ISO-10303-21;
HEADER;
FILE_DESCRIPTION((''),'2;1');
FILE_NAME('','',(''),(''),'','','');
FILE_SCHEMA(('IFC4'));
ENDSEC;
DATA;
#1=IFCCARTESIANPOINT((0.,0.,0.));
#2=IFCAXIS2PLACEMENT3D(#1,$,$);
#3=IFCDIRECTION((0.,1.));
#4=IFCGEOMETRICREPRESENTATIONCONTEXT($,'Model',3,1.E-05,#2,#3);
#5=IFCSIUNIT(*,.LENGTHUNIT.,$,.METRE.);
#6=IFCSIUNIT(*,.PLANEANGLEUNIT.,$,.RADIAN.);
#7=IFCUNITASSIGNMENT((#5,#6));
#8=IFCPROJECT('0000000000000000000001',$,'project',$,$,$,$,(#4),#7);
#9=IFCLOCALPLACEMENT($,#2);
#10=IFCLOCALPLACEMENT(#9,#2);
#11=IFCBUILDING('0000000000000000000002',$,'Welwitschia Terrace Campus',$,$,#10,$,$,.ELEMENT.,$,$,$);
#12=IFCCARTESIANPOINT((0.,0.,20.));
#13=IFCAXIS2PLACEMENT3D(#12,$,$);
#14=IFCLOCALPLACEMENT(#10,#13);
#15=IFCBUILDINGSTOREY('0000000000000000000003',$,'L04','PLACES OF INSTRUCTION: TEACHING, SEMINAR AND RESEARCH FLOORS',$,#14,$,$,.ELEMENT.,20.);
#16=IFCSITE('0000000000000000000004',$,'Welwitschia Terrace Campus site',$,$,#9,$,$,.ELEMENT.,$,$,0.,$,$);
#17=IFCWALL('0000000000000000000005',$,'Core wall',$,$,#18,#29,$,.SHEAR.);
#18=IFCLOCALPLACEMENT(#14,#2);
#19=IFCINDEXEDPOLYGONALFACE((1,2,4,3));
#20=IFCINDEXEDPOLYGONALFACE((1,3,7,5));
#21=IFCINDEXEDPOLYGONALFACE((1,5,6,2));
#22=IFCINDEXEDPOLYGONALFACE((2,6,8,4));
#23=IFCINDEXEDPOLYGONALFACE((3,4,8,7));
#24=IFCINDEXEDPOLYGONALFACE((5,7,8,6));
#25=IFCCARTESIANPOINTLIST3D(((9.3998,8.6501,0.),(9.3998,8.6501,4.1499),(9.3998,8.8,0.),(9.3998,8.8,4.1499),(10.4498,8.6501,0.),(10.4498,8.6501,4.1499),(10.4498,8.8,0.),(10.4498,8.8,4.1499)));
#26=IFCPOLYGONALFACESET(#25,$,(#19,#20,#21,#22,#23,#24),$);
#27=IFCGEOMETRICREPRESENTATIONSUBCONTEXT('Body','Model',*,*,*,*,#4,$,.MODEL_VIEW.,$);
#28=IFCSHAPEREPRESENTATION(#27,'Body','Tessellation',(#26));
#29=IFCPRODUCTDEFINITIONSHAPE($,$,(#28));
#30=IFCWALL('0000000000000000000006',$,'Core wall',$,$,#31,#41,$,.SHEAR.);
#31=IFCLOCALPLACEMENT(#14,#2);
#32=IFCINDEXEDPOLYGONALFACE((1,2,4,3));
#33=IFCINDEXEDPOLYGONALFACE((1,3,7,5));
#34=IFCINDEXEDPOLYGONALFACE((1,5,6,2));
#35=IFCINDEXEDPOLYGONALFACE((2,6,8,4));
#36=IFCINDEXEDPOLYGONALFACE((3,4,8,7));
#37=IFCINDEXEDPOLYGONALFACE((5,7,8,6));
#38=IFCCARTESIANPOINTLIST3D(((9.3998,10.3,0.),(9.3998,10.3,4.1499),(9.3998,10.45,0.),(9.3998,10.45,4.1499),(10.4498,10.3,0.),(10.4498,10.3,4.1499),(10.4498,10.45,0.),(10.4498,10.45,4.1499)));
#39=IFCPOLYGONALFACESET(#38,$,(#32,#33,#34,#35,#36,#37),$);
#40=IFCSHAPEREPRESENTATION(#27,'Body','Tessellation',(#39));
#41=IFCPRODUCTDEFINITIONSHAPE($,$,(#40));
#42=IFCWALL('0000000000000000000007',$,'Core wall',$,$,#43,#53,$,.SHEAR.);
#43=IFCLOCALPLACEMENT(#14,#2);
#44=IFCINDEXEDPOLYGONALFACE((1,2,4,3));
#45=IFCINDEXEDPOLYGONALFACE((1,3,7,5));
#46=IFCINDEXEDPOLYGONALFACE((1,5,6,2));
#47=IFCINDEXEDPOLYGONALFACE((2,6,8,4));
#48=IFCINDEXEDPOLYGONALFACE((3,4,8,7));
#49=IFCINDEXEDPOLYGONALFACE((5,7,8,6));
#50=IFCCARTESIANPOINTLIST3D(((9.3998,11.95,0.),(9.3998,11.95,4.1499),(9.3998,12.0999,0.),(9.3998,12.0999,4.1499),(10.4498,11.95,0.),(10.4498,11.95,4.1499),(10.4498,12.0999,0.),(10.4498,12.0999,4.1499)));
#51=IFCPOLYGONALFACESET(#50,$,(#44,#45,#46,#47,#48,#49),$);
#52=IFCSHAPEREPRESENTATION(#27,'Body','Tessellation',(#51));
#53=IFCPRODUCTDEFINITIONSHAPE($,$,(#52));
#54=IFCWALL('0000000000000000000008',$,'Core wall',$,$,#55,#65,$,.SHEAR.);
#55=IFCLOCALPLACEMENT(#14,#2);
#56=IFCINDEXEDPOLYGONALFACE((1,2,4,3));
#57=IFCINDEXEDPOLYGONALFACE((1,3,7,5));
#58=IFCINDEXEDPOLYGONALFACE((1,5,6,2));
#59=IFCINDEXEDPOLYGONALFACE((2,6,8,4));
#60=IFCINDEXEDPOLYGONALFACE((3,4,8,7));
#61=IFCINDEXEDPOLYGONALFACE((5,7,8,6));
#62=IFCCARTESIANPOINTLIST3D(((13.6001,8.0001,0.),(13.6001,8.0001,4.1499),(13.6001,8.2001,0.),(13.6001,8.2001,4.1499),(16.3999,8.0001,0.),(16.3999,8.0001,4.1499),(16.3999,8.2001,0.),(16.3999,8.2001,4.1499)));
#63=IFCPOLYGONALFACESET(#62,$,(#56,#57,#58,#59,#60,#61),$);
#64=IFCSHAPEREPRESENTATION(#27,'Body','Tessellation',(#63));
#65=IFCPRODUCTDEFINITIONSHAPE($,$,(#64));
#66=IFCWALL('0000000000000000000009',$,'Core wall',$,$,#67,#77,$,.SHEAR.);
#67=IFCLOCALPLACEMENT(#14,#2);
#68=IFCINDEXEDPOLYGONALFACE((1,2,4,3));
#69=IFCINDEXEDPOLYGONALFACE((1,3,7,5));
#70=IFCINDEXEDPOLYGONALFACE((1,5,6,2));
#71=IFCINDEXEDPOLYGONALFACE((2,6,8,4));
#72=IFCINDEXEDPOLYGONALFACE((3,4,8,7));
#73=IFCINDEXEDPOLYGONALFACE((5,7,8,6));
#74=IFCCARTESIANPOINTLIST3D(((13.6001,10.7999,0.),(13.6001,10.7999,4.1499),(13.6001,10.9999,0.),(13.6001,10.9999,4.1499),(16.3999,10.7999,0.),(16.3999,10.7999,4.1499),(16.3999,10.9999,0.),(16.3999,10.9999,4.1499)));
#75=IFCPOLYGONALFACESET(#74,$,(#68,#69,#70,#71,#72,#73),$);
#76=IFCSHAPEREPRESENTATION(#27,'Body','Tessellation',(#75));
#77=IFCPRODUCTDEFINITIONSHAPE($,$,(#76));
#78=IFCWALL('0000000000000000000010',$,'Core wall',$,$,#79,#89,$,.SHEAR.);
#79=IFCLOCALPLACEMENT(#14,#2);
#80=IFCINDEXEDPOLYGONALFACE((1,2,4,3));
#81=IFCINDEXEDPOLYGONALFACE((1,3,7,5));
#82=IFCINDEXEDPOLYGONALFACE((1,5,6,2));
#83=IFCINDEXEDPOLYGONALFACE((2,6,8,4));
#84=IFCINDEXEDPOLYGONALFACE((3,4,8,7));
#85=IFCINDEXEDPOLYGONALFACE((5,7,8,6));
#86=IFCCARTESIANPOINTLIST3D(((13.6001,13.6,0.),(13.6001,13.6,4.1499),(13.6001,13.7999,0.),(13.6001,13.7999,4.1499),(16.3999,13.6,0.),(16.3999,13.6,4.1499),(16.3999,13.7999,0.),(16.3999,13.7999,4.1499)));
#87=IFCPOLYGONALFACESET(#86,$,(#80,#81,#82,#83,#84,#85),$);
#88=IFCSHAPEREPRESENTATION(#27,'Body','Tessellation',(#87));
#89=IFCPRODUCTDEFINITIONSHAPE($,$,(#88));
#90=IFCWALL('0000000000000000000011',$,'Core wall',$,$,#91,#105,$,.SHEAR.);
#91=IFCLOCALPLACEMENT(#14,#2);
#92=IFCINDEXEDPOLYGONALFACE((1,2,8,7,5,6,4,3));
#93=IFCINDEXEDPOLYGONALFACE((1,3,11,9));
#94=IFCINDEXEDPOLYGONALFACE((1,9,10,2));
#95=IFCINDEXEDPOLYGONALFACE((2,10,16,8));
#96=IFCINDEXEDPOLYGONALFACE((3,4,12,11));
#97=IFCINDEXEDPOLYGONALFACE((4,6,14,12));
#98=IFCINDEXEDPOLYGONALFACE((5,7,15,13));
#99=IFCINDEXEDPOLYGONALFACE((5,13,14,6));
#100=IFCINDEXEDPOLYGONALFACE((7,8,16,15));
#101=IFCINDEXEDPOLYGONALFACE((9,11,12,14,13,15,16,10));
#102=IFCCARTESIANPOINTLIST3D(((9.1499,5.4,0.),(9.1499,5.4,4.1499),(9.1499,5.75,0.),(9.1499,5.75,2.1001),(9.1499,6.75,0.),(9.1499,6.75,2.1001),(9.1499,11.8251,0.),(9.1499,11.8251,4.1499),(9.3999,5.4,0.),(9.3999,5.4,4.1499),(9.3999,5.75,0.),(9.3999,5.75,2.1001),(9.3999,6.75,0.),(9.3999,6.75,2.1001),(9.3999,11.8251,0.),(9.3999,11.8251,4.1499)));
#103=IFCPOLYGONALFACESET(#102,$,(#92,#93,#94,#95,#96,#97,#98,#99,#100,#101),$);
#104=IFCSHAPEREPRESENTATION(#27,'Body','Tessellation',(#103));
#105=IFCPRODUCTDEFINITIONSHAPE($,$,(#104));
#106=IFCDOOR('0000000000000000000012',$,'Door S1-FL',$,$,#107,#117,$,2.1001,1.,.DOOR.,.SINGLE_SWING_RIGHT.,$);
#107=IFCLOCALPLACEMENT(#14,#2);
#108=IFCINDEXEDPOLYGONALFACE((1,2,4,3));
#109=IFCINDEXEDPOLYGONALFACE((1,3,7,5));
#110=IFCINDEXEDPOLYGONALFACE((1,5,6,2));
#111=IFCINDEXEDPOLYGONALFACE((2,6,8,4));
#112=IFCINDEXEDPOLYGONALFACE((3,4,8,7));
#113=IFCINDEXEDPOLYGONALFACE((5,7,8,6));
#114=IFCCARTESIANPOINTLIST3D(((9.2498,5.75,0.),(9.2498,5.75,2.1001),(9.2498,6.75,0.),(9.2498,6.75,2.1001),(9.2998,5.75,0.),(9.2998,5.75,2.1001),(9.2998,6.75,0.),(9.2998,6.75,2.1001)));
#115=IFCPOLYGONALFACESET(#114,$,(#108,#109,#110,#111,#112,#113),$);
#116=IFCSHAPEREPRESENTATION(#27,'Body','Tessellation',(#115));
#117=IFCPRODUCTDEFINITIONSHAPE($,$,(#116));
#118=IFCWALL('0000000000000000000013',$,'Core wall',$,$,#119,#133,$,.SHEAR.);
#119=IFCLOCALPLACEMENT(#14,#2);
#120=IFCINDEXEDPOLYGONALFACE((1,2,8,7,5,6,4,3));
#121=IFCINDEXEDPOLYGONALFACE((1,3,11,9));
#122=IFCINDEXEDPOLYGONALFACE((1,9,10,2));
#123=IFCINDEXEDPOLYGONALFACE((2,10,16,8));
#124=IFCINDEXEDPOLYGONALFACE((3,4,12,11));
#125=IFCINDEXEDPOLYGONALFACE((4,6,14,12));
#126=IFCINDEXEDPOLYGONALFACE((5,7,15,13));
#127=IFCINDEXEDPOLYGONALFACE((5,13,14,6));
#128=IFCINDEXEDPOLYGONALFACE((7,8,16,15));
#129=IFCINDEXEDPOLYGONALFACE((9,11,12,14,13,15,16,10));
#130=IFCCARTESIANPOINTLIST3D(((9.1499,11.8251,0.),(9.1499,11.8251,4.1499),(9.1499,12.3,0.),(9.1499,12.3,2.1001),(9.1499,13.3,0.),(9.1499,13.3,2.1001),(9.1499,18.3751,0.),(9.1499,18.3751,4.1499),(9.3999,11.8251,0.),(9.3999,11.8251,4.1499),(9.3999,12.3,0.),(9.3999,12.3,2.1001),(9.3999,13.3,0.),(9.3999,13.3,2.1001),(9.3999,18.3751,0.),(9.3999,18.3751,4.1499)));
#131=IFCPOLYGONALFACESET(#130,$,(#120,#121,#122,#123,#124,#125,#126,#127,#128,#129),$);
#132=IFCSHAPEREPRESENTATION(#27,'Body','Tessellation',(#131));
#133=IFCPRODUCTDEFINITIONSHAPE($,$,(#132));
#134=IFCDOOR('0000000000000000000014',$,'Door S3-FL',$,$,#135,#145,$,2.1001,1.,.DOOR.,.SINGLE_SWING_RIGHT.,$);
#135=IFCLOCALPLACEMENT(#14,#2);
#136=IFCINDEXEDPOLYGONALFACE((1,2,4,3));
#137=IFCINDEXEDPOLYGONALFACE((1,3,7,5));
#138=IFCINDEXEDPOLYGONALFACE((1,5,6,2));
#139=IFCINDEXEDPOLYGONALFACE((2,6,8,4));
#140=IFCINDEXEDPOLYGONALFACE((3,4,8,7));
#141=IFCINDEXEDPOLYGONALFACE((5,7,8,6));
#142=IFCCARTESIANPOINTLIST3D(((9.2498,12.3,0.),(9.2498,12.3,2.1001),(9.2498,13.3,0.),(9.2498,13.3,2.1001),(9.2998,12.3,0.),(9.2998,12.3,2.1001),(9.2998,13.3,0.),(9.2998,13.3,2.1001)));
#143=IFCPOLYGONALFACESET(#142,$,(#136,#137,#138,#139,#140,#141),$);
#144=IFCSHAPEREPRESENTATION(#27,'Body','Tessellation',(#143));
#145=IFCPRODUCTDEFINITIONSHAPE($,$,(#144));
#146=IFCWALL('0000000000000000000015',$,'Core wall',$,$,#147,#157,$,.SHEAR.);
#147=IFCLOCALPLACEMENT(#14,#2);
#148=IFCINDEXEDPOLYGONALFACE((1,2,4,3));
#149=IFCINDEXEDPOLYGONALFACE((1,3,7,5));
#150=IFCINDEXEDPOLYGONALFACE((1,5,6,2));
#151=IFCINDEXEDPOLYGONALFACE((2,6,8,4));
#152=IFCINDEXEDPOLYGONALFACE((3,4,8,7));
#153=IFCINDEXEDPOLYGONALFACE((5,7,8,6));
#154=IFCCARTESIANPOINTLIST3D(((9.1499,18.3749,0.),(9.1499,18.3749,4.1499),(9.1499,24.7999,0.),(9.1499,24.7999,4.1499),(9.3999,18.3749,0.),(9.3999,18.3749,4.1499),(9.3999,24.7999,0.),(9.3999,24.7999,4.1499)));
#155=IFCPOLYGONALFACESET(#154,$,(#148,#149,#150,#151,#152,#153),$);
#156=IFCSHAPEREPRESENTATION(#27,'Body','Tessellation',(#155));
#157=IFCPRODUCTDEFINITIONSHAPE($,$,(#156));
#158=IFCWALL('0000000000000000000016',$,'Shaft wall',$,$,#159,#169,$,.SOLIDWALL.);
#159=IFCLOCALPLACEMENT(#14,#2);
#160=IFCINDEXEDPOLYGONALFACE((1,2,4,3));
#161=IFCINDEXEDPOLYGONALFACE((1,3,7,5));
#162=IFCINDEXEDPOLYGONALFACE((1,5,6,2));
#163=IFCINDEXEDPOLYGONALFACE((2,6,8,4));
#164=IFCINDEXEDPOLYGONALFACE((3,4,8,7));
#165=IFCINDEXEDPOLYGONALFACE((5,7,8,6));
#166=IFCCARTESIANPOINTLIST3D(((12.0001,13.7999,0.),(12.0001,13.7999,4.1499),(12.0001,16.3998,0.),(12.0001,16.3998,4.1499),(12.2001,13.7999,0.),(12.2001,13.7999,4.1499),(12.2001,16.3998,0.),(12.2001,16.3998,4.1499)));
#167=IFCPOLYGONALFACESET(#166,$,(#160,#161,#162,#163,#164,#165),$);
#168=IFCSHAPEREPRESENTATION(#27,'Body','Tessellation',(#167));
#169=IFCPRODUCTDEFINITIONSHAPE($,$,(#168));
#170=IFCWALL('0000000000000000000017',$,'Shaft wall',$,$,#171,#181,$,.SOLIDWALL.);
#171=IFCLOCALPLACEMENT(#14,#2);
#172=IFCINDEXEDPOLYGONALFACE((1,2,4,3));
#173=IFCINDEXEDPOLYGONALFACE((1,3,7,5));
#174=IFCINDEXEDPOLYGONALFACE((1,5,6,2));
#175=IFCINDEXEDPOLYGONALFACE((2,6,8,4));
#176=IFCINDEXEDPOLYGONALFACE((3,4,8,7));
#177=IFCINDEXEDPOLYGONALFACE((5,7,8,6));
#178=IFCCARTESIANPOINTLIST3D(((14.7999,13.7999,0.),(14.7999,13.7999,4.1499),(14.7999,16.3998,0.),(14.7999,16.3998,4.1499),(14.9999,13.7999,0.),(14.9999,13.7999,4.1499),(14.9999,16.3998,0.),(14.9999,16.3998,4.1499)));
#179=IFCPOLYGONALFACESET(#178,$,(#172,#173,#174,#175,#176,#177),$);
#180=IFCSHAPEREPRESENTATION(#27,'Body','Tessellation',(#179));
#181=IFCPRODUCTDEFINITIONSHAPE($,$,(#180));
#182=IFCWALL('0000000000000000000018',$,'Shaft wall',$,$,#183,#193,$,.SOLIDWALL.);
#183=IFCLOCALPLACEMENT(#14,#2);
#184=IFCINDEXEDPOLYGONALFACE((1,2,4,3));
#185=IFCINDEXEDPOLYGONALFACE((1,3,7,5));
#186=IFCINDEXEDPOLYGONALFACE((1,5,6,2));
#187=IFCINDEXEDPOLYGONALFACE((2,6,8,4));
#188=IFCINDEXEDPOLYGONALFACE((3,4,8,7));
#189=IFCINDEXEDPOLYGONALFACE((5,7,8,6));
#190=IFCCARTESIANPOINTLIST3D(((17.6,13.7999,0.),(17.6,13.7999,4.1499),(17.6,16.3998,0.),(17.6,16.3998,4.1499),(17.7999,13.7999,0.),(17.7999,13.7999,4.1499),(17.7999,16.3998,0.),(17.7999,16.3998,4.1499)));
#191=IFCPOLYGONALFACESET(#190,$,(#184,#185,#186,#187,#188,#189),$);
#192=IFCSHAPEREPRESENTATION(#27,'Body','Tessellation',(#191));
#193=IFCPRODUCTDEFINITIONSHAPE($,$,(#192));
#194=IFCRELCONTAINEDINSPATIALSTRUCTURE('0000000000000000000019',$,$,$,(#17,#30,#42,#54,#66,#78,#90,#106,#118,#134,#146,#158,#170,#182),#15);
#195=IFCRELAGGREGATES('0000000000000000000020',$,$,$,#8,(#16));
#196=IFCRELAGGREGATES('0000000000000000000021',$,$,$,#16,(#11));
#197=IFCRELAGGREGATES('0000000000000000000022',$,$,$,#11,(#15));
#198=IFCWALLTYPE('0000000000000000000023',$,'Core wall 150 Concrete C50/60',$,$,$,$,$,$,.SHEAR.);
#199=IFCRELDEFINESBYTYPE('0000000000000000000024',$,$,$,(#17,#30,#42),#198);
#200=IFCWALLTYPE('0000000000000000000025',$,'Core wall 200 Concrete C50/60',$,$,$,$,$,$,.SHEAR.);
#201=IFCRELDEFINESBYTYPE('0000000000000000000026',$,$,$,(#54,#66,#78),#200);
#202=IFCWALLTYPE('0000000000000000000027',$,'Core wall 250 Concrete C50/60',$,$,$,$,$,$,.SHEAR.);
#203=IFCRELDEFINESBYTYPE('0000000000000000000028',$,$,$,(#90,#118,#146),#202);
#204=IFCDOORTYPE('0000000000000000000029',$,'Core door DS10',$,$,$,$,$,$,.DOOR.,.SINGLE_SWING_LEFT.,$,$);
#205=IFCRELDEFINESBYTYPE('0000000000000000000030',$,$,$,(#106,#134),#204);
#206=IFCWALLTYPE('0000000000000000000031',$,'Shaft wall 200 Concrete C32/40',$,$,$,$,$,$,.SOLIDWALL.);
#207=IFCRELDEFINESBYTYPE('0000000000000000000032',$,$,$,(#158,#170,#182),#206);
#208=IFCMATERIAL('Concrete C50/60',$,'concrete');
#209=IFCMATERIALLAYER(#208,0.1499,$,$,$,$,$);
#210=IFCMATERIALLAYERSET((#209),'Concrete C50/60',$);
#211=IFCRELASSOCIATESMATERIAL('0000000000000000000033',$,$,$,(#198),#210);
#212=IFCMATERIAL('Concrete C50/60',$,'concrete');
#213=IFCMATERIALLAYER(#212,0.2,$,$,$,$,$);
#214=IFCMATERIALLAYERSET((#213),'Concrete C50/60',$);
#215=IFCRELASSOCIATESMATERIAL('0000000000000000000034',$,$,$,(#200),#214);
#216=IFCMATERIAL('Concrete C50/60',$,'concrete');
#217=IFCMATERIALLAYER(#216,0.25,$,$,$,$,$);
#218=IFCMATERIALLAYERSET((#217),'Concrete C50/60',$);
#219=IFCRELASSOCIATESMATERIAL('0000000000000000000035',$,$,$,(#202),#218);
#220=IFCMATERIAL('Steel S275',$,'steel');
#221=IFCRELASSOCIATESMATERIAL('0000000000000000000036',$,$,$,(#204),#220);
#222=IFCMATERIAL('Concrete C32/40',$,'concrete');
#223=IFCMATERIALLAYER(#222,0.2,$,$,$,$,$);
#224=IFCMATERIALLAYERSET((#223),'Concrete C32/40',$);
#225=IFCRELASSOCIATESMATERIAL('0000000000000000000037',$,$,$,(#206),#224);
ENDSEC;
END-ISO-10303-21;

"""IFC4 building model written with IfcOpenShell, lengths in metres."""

from ifc_helpers import new_model, si_unit, direction, frame, frame_2d, origin, place, context, subcontext, project, spatial, rectangle, extrude, material, layer, layer_set, type_object, element, fill, save


model = new_model("IFC4")

# Units and contexts
model_context = context("Model", 3, precision=1e-05, world=origin(), true_north=direction((0.0, 1.0)))
body_context = subcontext(model_context, "Body", "Model", "MODEL_VIEW")
ifc_project = project(units=[si_unit("LENGTHUNIT", "METRE"), si_unit("PLANEANGLEUNIT", "RADIAN")], contexts=[model_context])

# Site, building, storey
site_placement = place(None, origin())
site = spatial("IfcSite", under=ifc_project, at=site_placement, Name="Welwitschia Terrace Campus site", CompositionType="ELEMENT", RefElevation=0.0)
building_placement = place(site_placement, origin())
building = spatial("IfcBuilding", under=site, at=building_placement, Name="Welwitschia Terrace Campus", CompositionType="ELEMENT")
storey_placement = place(building_placement, frame((0.0, 0.0, 20.0)))
storey = spatial("IfcBuildingStorey", under=building, at=storey_placement, Name="L04", Description="PLACES OF INSTRUCTION: TEACHING, SEMINAR AND RESEARCH FLOORS", CompositionType="ELEMENT", Elevation=20.0)

# Walls
ifc_material_1 = material(Name="Concrete C50/60", Category="concrete")
ifc_layer_1 = layer(ifc_material_1, 0.1499)
ifc_layer_set_1 = layer_set([ifc_layer_1], Name="Concrete C50/60")
wall_type_1 = type_object("IfcWallType", Name="Core wall 150 Concrete C50/60", PredefinedType="SHEAR", material=ifc_layer_set_1)
for number, where, z_axis, x_axis, name in (
    (1, (9.3999, 8.7251, 0.0), (0.0, 0.0, 1.0), (1.0, 0.0, 0.0), "Core wall"),
    (2, (9.3999, 10.375, 0.0), (0.0, 0.0, 1.0), (1.0, 0.0, 0.0), "Core wall"),
    (3, (9.3999, 12.0249, 0.0), (0.0, 0.0, 1.0), (1.0, 0.0, 0.0), "Core wall"),
):
    element("IfcWall", number, at=place(storey_placement, frame(where, z_axis=z_axis, x_axis=x_axis)), inside=storey, type_object=wall_type_1, Name=name, PredefinedType="SHEAR", context=body_context, shape_type="SweptSolid", body=[
        extrude(rectangle(XDim=1.05, YDim=0.1499, at=frame_2d((0.5249, 0.0))), origin(), (0.0, 0.0, 1.0), 4.1499),
    ])
ifc_material_2 = material(Name="Concrete C50/60", Category="concrete")
ifc_layer_2 = layer(ifc_material_2, 0.2)
ifc_layer_set_2 = layer_set([ifc_layer_2], Name="Concrete C50/60")
wall_type_2 = type_object("IfcWallType", Name="Core wall 200 Concrete C50/60", PredefinedType="SHEAR", material=ifc_layer_set_2)
for number, where, z_axis, x_axis, name in (
    (4, (13.6001, 8.1001, 0.0), (0.0, 0.0, 1.0), (1.0, 0.0, 0.0), "Core wall"),
    (5, (13.6001, 10.8999, 0.0), (0.0, 0.0, 1.0), (1.0, 0.0, 0.0), "Core wall"),
    (6, (13.6001, 13.7, 0.0), (0.0, 0.0, 1.0), (1.0, 0.0, 0.0), "Core wall"),
):
    element("IfcWall", number, at=place(storey_placement, frame(where, z_axis=z_axis, x_axis=x_axis)), inside=storey, type_object=wall_type_2, Name=name, PredefinedType="SHEAR", context=body_context, shape_type="SweptSolid", body=[
        extrude(rectangle(XDim=2.7998, YDim=0.2, at=frame_2d((1.3999, 0.0))), origin(), (0.0, 0.0, 1.0), 4.1499),
    ])

# Walls, openings, doors
ifc_material_3 = material(Name="Concrete C50/60", Category="concrete")
ifc_layer_3 = layer(ifc_material_3, 0.25)
ifc_layer_set_3 = layer_set([ifc_layer_3], Name="Concrete C50/60")
wall_type_3 = type_object("IfcWallType", Name="Core wall 250 Concrete C50/60", PredefinedType="SHEAR", material=ifc_layer_set_3)
wall_1_placement = place(storey_placement, frame((9.2749, 11.825, 0.0), z_axis=(0.0, 0.0, 1.0), x_axis=(0.0, -1.0, 0.0)))
wall_1 = element("IfcWall", 7, at=wall_1_placement, inside=storey, type_object=wall_type_3, Name="Core wall", PredefinedType="SHEAR", context=body_context, shape_type="SweptSolid", body=[
    extrude(rectangle(XDim=6.425, YDim=0.25, at=frame_2d((3.2124, 0.0))), origin(), (0.0, 0.0, 1.0), 4.1499),
])
opening_1_placement = place(wall_1_placement, frame((5.075, 0.0, 0.0)))
opening_1 = element("IfcOpeningElement", 8, at=opening_1_placement, cuts=wall_1, PredefinedType="OPENING", context=body_context, shape_type="SweptSolid", body=[
    extrude(rectangle(XDim=1.0, YDim=2.1001, at=frame_2d((0.5, 1.05))), frame((0.0, 0.135, 0.0), z_axis=(0.0, -1.0, 0.0), x_axis=(1.0, 0.0, 0.0)), (0.0, 0.0, 1.0), 0.27),
])
ifc_material_4 = material(Name="Steel S275", Category="steel")
door_type_1 = type_object("IfcDoorType", Name="Core door DS10", OperationType="SINGLE_SWING_LEFT", PredefinedType="DOOR", material=ifc_material_4)
door_1_placement = place(opening_1_placement, origin())
door_1 = element("IfcDoor", 9, at=door_1_placement, inside=storey, type_object=door_type_1, Name="Door S1-FL", OperationType="SINGLE_SWING_RIGHT", OverallHeight=2.1001, OverallWidth=1.0, PredefinedType="DOOR", context=body_context, shape_type="SweptSolid", body=[
    extrude(rectangle(XDim=1.0, YDim=2.1001, at=frame_2d((0.5, 1.05))), frame((0.0, 0.0249, 0.0), z_axis=(0.0, -1.0, 0.0), x_axis=(1.0, 0.0, 0.0)), (0.0, 0.0, 1.0), 0.05),
])
fill(opening_1, door_1)
wall_2_placement = place(storey_placement, frame((9.2749, 18.375, 0.0), z_axis=(0.0, 0.0, 1.0), x_axis=(0.0, -1.0, 0.0)))
wall_2 = element("IfcWall", 10, at=wall_2_placement, inside=storey, type_object=wall_type_3, Name="Core wall", PredefinedType="SHEAR", context=body_context, shape_type="SweptSolid", body=[
    extrude(rectangle(XDim=6.55, YDim=0.25, at=frame_2d((3.2749, 0.0))), origin(), (0.0, 0.0, 1.0), 4.1499),
])
opening_2_placement = place(wall_2_placement, frame((5.075, 0.0, 0.0)))
opening_2 = element("IfcOpeningElement", 11, at=opening_2_placement, cuts=wall_2, PredefinedType="OPENING", context=body_context, shape_type="SweptSolid", body=[
    extrude(rectangle(XDim=1.0, YDim=2.1001, at=frame_2d((0.5, 1.05))), frame((0.0, 0.135, 0.0), z_axis=(0.0, -1.0, 0.0), x_axis=(1.0, 0.0, 0.0)), (0.0, 0.0, 1.0), 0.27),
])
door_2_placement = place(opening_2_placement, origin())
door_2 = element("IfcDoor", 12, at=door_2_placement, inside=storey, type_object=door_type_1, Name="Door S3-FL", OperationType="SINGLE_SWING_RIGHT", OverallHeight=2.1001, OverallWidth=1.0, PredefinedType="DOOR", context=body_context, shape_type="SweptSolid", body=[
    extrude(rectangle(XDim=1.0, YDim=2.1001, at=frame_2d((0.5, 1.05))), frame((0.0, 0.0249, 0.0), z_axis=(0.0, -1.0, 0.0), x_axis=(1.0, 0.0, 0.0)), (0.0, 0.0, 1.0), 0.05),
])
fill(opening_2, door_2)

# Walls
wall_3_placement = place(storey_placement, frame((9.2749, 18.375, 0.0), z_axis=(0.0, 0.0, 1.0), x_axis=(0.0, 1.0, 0.0)))
element("IfcWall", 13, at=wall_3_placement, inside=storey, type_object=wall_type_3, Name="Core wall", PredefinedType="SHEAR", context=body_context, shape_type="SweptSolid", body=[
    extrude(rectangle(XDim=6.425, YDim=0.25, at=frame_2d((3.2124, 0.0))), origin(), (0.0, 0.0, 1.0), 4.1499),
])
ifc_material_5 = material(Name="Concrete C32/40", Category="concrete")
ifc_layer_4 = layer(ifc_material_5, 0.2)
ifc_layer_set_4 = layer_set([ifc_layer_4], Name="Concrete C32/40")
wall_type_4 = type_object("IfcWallType", Name="Shaft wall 200 Concrete C32/40", PredefinedType="SOLIDWALL", material=ifc_layer_set_4)
for number, where, z_axis, x_axis, name in (
    (14, (12.1001, 13.8, 0.0), (0.0, 0.0, 1.0), (0.0, 1.0, 0.0), "Shaft wall"),
    (15, (14.8999, 13.8, 0.0), (0.0, 0.0, 1.0), (0.0, 1.0, 0.0), "Shaft wall"),
    (16, (17.7, 13.8, 0.0), (0.0, 0.0, 1.0), (0.0, 1.0, 0.0), "Shaft wall"),
):
    element("IfcWall", number, at=place(storey_placement, frame(where, z_axis=z_axis, x_axis=x_axis)), inside=storey, type_object=wall_type_4, Name=name, PredefinedType="SOLIDWALL", context=body_context, shape_type="SweptSolid", body=[
        extrude(rectangle(XDim=2.5999, YDim=0.2, at=frame_2d((1.2998, 0.0))), origin(), (0.0, 0.0, 1.0), 4.1499),
    ])

save(model, "model.ifc")
